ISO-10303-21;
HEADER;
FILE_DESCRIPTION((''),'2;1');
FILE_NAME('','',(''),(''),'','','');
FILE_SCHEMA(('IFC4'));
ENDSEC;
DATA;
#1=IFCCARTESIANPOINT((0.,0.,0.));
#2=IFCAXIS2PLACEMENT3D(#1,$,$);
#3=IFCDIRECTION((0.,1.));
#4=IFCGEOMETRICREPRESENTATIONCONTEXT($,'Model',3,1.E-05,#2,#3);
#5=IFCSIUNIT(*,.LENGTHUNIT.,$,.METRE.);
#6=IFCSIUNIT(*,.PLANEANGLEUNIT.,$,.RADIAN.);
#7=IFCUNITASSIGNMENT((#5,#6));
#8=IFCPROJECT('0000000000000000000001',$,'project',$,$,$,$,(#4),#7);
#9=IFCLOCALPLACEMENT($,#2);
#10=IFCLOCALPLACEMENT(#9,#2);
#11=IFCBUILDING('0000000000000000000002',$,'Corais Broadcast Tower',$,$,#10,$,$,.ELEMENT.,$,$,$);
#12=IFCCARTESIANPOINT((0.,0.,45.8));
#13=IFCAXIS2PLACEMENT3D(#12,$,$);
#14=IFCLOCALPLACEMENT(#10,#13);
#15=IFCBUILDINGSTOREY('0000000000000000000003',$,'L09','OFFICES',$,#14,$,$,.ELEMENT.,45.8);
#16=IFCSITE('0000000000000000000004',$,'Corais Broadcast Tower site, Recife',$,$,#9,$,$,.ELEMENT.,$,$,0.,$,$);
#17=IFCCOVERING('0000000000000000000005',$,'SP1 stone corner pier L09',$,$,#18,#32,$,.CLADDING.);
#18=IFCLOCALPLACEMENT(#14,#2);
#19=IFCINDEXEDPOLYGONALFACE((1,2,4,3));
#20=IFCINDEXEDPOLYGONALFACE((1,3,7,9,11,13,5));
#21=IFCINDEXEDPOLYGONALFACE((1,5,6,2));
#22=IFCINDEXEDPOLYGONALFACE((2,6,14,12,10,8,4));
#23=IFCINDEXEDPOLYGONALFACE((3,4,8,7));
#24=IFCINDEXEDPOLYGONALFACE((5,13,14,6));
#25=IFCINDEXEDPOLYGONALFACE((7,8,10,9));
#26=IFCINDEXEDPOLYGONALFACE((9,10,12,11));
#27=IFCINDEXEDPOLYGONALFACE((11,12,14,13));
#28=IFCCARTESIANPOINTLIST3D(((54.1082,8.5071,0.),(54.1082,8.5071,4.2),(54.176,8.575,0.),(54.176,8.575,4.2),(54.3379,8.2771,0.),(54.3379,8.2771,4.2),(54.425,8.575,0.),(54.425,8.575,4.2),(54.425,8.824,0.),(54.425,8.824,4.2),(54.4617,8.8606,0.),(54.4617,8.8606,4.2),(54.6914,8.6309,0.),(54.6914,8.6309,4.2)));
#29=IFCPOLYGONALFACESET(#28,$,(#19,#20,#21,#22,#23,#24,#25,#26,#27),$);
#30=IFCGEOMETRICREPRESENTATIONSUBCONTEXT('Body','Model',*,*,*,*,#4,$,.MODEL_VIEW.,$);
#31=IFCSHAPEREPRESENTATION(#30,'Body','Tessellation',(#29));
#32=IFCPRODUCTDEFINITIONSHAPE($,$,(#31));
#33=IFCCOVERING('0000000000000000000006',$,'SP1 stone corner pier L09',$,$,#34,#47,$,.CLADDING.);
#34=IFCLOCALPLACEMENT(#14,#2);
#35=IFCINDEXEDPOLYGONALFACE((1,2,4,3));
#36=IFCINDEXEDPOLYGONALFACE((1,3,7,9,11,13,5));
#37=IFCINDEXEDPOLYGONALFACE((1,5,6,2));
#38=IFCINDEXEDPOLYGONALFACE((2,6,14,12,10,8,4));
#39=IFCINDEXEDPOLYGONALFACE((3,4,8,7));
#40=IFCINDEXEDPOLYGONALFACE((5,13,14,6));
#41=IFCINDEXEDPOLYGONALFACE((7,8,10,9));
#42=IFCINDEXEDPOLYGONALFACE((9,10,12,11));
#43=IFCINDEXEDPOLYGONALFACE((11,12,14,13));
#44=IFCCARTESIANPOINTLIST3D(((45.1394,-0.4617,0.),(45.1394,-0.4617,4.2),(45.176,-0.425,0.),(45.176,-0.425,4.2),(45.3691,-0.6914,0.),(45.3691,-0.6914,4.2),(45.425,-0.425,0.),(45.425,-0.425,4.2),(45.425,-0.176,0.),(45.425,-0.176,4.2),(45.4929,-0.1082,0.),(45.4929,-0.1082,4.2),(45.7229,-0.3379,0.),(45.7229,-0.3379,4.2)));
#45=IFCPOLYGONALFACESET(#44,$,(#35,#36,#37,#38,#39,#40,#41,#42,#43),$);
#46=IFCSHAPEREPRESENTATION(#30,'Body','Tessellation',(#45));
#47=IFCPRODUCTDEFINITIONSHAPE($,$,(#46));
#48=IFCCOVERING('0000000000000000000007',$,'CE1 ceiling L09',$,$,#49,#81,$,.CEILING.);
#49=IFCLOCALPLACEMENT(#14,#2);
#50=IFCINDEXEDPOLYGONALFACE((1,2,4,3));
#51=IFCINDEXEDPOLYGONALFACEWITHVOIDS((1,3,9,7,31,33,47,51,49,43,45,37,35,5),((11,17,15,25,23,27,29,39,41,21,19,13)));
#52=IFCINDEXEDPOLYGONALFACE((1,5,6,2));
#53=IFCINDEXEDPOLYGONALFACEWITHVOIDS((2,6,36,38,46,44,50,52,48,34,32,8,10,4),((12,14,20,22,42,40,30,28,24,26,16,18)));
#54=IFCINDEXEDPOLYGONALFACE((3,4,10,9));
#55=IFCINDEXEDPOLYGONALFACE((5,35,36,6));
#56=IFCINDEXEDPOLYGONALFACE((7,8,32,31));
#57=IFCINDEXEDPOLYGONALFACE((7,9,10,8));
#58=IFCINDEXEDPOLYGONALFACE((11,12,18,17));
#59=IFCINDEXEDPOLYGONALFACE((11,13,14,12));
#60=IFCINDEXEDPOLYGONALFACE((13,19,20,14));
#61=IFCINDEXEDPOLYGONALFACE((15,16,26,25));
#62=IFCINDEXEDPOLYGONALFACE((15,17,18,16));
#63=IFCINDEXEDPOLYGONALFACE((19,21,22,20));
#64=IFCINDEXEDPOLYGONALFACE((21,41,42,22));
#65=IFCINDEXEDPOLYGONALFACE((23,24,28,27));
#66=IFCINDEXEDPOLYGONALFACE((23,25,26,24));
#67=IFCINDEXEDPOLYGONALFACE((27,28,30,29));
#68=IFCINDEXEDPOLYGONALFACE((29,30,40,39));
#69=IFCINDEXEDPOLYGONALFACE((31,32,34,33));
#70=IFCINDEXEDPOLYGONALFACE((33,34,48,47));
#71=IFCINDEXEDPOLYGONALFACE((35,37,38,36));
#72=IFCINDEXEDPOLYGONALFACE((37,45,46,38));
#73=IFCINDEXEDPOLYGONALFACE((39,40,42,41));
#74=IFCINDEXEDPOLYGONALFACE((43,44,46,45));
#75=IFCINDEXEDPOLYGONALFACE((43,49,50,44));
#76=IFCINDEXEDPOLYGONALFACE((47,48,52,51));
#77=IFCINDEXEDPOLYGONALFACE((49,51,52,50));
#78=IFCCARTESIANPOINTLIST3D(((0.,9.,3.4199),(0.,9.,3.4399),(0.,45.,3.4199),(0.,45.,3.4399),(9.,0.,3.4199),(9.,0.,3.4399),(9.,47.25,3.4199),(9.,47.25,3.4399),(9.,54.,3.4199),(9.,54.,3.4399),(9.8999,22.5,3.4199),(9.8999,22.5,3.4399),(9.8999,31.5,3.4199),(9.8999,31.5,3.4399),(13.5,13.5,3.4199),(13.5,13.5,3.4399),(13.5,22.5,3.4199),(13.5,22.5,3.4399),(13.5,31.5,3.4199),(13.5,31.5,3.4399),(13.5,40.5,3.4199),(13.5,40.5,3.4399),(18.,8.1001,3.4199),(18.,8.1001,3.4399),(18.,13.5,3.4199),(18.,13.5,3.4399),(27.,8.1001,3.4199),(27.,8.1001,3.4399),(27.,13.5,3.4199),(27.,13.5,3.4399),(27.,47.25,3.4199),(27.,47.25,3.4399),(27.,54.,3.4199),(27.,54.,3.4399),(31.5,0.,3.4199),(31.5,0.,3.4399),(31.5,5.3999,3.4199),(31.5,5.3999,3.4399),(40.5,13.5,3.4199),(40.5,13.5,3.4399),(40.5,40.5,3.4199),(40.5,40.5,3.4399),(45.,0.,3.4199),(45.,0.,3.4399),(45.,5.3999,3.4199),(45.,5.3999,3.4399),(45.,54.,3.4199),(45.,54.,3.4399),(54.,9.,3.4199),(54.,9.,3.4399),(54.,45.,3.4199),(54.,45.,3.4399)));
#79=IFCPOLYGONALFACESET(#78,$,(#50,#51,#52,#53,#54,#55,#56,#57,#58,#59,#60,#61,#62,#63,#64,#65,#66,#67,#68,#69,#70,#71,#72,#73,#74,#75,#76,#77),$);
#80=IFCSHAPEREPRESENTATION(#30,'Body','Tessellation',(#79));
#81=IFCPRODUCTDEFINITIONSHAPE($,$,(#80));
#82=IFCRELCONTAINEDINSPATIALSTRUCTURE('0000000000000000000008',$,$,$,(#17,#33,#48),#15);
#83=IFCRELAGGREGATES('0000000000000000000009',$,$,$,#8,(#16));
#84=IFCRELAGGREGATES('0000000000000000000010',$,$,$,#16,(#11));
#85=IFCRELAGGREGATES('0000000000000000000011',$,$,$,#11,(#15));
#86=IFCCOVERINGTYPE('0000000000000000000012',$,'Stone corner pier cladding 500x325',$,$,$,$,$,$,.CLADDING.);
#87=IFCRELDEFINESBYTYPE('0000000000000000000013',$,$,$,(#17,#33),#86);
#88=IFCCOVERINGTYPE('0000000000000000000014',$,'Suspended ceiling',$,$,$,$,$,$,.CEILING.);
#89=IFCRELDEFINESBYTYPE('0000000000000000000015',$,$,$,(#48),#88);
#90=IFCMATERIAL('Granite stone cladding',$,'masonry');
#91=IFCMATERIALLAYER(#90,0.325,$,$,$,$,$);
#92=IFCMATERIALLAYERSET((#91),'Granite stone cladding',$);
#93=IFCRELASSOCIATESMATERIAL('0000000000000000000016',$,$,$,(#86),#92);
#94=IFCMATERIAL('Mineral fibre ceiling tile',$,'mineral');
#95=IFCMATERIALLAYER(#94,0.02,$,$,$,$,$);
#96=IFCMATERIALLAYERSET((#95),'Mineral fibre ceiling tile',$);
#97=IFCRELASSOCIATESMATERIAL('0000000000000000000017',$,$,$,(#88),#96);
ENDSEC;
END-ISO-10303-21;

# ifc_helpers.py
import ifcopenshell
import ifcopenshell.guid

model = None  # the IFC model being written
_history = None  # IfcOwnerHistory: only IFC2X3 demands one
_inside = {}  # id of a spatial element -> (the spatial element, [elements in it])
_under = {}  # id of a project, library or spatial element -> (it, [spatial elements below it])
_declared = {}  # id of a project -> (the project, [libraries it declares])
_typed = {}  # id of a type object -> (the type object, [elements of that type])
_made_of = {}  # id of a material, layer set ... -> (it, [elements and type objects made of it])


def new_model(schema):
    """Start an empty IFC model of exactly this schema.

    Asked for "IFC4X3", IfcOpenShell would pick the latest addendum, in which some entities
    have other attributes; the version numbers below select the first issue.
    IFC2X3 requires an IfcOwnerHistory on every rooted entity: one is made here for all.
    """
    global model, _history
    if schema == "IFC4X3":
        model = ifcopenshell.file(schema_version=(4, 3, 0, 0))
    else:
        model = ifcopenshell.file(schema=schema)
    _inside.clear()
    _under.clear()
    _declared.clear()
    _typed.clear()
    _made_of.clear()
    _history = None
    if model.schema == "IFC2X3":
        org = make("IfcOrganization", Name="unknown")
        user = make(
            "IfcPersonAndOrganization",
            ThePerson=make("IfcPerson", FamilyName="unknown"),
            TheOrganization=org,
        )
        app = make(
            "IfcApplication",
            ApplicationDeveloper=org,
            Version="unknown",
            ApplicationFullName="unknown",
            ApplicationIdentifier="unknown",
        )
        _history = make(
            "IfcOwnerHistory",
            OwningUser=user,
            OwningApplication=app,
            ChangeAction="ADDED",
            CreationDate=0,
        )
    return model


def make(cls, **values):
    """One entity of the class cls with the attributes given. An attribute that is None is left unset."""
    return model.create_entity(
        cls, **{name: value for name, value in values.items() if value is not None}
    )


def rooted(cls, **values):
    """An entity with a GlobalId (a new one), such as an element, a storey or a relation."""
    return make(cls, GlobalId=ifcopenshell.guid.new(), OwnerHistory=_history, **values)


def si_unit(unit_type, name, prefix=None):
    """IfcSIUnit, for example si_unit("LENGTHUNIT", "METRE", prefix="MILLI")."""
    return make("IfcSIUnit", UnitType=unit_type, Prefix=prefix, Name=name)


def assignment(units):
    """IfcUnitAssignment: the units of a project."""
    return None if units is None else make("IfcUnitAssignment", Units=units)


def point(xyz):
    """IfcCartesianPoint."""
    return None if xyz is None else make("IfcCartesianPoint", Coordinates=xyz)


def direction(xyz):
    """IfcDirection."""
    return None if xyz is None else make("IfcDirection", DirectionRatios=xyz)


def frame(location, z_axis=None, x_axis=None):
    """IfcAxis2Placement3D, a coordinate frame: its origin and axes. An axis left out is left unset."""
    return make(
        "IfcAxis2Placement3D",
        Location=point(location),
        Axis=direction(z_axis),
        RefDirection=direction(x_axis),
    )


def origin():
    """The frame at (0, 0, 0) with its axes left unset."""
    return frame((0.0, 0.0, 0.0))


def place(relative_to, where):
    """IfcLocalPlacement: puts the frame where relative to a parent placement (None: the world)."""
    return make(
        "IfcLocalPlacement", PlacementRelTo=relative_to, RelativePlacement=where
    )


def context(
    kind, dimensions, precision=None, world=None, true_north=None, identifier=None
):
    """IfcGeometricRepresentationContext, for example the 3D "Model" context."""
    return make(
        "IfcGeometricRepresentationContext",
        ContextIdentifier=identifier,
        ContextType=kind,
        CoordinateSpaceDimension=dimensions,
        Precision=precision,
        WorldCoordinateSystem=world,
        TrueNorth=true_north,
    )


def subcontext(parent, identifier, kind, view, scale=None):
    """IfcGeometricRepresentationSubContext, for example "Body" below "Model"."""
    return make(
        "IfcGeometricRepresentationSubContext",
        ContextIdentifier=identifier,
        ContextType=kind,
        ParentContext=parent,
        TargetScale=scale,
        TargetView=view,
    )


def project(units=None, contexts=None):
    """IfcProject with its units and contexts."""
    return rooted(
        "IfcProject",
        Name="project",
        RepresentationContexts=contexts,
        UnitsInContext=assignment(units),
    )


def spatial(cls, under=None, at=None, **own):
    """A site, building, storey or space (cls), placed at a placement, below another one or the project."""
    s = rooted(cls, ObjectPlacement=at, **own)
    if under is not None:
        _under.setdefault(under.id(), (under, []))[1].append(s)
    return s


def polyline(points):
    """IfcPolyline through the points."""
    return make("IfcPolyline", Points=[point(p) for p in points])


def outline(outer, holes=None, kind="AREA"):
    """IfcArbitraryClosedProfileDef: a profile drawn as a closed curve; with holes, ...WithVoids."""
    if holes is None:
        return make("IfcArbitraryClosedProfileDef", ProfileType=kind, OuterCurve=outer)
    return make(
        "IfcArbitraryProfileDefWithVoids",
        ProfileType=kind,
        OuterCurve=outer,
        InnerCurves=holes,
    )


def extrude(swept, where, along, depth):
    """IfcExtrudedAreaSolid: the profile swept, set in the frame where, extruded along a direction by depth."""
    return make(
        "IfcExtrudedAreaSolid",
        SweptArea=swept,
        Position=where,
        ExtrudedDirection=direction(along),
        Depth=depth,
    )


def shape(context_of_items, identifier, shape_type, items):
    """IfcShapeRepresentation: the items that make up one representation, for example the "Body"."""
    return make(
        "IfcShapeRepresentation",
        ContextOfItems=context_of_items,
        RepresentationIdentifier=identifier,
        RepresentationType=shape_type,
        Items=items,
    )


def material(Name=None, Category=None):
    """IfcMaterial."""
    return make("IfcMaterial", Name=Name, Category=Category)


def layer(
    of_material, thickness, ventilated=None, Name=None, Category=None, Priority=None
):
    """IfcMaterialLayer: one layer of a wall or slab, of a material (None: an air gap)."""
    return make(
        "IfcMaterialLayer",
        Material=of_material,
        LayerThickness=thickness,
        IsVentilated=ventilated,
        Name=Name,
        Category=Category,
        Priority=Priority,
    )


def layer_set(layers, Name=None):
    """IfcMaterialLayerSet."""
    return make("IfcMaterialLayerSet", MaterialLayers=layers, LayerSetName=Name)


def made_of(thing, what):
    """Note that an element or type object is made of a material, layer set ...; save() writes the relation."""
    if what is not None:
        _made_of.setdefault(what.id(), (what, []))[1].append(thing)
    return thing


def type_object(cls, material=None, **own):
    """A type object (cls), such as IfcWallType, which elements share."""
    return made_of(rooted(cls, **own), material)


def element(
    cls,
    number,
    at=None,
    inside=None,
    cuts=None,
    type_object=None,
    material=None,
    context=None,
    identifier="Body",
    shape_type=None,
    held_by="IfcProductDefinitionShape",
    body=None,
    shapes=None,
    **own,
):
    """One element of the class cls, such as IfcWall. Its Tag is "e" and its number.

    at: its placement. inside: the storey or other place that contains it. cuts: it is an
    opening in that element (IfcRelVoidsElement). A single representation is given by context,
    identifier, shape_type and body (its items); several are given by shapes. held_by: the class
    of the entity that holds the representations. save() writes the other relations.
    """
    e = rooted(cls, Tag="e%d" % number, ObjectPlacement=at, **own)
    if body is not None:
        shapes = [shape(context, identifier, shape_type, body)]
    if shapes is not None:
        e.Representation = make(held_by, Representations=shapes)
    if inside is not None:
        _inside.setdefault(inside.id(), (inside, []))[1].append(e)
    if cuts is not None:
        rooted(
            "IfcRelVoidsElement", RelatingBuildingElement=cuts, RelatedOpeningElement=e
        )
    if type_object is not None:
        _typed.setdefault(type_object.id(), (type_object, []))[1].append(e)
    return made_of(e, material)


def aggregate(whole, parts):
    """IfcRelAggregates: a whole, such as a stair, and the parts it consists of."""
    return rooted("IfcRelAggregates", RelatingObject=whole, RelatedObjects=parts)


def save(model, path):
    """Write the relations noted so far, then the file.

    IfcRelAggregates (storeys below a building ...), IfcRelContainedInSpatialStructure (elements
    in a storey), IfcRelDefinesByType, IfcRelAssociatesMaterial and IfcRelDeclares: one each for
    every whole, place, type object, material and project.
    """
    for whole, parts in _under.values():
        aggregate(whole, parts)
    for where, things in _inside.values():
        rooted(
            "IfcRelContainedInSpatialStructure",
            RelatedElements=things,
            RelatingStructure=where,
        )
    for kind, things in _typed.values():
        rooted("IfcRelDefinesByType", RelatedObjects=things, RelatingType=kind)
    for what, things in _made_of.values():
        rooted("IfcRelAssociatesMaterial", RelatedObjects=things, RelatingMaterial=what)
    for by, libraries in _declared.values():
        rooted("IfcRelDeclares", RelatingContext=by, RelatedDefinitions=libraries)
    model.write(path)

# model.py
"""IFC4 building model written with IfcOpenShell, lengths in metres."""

from ifc_helpers import new_model, si_unit, direction, frame, origin, place, context, subcontext, project, spatial, polyline, outline, extrude, material, layer, layer_set, type_object, element, save


model = new_model("IFC4")

# Units and contexts
model_context = context("Model", 3, precision=1e-05, world=origin(), true_north=direction((0.0, 1.0)))
body_context = subcontext(model_context, "Body", "Model", "MODEL_VIEW")
ifc_project = project(units=[si_unit("LENGTHUNIT", "METRE"), si_unit("PLANEANGLEUNIT", "RADIAN")], contexts=[model_context])

# Site, building, storey
site_placement = place(None, origin())
site = spatial("IfcSite", under=ifc_project, at=site_placement, Name="Corais Broadcast Tower site, Recife", CompositionType="ELEMENT", RefElevation=0.0)
building_placement = place(site_placement, origin())
building = spatial("IfcBuilding", under=site, at=building_placement, Name="Corais Broadcast Tower", CompositionType="ELEMENT")
storey_placement = place(building_placement, frame((0.0, 0.0, 45.8)))
storey = spatial("IfcBuildingStorey", under=building, at=storey_placement, Name="L09", Description="OFFICES", CompositionType="ELEMENT", Elevation=45.8)

# Coverings
ifc_material_1 = material(Name="Granite stone cladding", Category="masonry")
ifc_layer_1 = layer(ifc_material_1, 0.325)
ifc_layer_set_1 = layer_set([ifc_layer_1], Name="Granite stone cladding")
covering_type_1 = type_object("IfcCoveringType", Name="Stone corner pier cladding 500x325", PredefinedType="CLADDING", material=ifc_layer_set_1)
covering_1_placement = place(storey_placement, origin())
element("IfcCovering", 1, at=covering_1_placement, inside=storey, type_object=covering_type_1, Name="SP1 stone corner pier L09", PredefinedType="CLADDING", context=body_context, shape_type="SweptSolid", body=[
    extrude(outline(polyline([(54.4617, 8.8606), (54.425, 8.824), (54.425, 8.575), (54.176, 8.575), (54.1082, 8.5071), (54.3379, 8.2771), (54.6914, 8.6309), (54.4617, 8.8606)])), origin(), (0.0, 0.0, 1.0), 4.2),
])
covering_2_placement = place(storey_placement, origin())
element("IfcCovering", 2, at=covering_2_placement, inside=storey, type_object=covering_type_1, Name="SP1 stone corner pier L09", PredefinedType="CLADDING", context=body_context, shape_type="SweptSolid", body=[
    extrude(outline(polyline([(45.176, -0.425), (45.1394, -0.4617), (45.3691, -0.6914), (45.7229, -0.3379), (45.4929, -0.1082), (45.425, -0.176), (45.425, -0.425), (45.176, -0.425)])), origin(), (0.0, 0.0, 1.0), 4.2),
])
ifc_material_2 = material(Name="Mineral fibre ceiling tile", Category="mineral")
ifc_layer_2 = layer(ifc_material_2, 0.02)
ifc_layer_set_2 = layer_set([ifc_layer_2], Name="Mineral fibre ceiling tile")
covering_type_2 = type_object("IfcCoveringType", Name="Suspended ceiling", PredefinedType="CEILING", material=ifc_layer_set_2)
covering_3_placement = place(storey_placement, frame((0.0, 0.0, 3.4199)))
element("IfcCovering", 3, at=covering_3_placement, inside=storey, type_object=covering_type_2, Name="CE1 ceiling L09", PredefinedType="CEILING", context=body_context, shape_type="SweptSolid", body=[
    extrude(outline(polyline([(31.5, 5.3999), (31.5, 0.0), (9.0, 0.0), (0.0, 9.0), (0.0, 45.0), (9.0, 54.0), (9.0, 47.25), (27.0, 47.25), (27.0, 54.0), (45.0, 54.0), (54.0, 45.0), (54.0, 9.0), (45.0, 0.0), (45.0, 5.3999), (31.5, 5.3999)]), holes=[polyline([(18.0, 13.5), (18.0, 8.1001), (27.0, 8.1001), (27.0, 13.5), (40.5, 13.5), (40.5, 40.5), (13.5, 40.5), (13.5, 31.5), (9.8999, 31.5), (9.8999, 22.5), (13.5, 22.5), (13.5, 13.5), (18.0, 13.5)])]), origin(), (0.0, 0.0, 1.0), 0.02),
])

save(model, "model.ifc")
